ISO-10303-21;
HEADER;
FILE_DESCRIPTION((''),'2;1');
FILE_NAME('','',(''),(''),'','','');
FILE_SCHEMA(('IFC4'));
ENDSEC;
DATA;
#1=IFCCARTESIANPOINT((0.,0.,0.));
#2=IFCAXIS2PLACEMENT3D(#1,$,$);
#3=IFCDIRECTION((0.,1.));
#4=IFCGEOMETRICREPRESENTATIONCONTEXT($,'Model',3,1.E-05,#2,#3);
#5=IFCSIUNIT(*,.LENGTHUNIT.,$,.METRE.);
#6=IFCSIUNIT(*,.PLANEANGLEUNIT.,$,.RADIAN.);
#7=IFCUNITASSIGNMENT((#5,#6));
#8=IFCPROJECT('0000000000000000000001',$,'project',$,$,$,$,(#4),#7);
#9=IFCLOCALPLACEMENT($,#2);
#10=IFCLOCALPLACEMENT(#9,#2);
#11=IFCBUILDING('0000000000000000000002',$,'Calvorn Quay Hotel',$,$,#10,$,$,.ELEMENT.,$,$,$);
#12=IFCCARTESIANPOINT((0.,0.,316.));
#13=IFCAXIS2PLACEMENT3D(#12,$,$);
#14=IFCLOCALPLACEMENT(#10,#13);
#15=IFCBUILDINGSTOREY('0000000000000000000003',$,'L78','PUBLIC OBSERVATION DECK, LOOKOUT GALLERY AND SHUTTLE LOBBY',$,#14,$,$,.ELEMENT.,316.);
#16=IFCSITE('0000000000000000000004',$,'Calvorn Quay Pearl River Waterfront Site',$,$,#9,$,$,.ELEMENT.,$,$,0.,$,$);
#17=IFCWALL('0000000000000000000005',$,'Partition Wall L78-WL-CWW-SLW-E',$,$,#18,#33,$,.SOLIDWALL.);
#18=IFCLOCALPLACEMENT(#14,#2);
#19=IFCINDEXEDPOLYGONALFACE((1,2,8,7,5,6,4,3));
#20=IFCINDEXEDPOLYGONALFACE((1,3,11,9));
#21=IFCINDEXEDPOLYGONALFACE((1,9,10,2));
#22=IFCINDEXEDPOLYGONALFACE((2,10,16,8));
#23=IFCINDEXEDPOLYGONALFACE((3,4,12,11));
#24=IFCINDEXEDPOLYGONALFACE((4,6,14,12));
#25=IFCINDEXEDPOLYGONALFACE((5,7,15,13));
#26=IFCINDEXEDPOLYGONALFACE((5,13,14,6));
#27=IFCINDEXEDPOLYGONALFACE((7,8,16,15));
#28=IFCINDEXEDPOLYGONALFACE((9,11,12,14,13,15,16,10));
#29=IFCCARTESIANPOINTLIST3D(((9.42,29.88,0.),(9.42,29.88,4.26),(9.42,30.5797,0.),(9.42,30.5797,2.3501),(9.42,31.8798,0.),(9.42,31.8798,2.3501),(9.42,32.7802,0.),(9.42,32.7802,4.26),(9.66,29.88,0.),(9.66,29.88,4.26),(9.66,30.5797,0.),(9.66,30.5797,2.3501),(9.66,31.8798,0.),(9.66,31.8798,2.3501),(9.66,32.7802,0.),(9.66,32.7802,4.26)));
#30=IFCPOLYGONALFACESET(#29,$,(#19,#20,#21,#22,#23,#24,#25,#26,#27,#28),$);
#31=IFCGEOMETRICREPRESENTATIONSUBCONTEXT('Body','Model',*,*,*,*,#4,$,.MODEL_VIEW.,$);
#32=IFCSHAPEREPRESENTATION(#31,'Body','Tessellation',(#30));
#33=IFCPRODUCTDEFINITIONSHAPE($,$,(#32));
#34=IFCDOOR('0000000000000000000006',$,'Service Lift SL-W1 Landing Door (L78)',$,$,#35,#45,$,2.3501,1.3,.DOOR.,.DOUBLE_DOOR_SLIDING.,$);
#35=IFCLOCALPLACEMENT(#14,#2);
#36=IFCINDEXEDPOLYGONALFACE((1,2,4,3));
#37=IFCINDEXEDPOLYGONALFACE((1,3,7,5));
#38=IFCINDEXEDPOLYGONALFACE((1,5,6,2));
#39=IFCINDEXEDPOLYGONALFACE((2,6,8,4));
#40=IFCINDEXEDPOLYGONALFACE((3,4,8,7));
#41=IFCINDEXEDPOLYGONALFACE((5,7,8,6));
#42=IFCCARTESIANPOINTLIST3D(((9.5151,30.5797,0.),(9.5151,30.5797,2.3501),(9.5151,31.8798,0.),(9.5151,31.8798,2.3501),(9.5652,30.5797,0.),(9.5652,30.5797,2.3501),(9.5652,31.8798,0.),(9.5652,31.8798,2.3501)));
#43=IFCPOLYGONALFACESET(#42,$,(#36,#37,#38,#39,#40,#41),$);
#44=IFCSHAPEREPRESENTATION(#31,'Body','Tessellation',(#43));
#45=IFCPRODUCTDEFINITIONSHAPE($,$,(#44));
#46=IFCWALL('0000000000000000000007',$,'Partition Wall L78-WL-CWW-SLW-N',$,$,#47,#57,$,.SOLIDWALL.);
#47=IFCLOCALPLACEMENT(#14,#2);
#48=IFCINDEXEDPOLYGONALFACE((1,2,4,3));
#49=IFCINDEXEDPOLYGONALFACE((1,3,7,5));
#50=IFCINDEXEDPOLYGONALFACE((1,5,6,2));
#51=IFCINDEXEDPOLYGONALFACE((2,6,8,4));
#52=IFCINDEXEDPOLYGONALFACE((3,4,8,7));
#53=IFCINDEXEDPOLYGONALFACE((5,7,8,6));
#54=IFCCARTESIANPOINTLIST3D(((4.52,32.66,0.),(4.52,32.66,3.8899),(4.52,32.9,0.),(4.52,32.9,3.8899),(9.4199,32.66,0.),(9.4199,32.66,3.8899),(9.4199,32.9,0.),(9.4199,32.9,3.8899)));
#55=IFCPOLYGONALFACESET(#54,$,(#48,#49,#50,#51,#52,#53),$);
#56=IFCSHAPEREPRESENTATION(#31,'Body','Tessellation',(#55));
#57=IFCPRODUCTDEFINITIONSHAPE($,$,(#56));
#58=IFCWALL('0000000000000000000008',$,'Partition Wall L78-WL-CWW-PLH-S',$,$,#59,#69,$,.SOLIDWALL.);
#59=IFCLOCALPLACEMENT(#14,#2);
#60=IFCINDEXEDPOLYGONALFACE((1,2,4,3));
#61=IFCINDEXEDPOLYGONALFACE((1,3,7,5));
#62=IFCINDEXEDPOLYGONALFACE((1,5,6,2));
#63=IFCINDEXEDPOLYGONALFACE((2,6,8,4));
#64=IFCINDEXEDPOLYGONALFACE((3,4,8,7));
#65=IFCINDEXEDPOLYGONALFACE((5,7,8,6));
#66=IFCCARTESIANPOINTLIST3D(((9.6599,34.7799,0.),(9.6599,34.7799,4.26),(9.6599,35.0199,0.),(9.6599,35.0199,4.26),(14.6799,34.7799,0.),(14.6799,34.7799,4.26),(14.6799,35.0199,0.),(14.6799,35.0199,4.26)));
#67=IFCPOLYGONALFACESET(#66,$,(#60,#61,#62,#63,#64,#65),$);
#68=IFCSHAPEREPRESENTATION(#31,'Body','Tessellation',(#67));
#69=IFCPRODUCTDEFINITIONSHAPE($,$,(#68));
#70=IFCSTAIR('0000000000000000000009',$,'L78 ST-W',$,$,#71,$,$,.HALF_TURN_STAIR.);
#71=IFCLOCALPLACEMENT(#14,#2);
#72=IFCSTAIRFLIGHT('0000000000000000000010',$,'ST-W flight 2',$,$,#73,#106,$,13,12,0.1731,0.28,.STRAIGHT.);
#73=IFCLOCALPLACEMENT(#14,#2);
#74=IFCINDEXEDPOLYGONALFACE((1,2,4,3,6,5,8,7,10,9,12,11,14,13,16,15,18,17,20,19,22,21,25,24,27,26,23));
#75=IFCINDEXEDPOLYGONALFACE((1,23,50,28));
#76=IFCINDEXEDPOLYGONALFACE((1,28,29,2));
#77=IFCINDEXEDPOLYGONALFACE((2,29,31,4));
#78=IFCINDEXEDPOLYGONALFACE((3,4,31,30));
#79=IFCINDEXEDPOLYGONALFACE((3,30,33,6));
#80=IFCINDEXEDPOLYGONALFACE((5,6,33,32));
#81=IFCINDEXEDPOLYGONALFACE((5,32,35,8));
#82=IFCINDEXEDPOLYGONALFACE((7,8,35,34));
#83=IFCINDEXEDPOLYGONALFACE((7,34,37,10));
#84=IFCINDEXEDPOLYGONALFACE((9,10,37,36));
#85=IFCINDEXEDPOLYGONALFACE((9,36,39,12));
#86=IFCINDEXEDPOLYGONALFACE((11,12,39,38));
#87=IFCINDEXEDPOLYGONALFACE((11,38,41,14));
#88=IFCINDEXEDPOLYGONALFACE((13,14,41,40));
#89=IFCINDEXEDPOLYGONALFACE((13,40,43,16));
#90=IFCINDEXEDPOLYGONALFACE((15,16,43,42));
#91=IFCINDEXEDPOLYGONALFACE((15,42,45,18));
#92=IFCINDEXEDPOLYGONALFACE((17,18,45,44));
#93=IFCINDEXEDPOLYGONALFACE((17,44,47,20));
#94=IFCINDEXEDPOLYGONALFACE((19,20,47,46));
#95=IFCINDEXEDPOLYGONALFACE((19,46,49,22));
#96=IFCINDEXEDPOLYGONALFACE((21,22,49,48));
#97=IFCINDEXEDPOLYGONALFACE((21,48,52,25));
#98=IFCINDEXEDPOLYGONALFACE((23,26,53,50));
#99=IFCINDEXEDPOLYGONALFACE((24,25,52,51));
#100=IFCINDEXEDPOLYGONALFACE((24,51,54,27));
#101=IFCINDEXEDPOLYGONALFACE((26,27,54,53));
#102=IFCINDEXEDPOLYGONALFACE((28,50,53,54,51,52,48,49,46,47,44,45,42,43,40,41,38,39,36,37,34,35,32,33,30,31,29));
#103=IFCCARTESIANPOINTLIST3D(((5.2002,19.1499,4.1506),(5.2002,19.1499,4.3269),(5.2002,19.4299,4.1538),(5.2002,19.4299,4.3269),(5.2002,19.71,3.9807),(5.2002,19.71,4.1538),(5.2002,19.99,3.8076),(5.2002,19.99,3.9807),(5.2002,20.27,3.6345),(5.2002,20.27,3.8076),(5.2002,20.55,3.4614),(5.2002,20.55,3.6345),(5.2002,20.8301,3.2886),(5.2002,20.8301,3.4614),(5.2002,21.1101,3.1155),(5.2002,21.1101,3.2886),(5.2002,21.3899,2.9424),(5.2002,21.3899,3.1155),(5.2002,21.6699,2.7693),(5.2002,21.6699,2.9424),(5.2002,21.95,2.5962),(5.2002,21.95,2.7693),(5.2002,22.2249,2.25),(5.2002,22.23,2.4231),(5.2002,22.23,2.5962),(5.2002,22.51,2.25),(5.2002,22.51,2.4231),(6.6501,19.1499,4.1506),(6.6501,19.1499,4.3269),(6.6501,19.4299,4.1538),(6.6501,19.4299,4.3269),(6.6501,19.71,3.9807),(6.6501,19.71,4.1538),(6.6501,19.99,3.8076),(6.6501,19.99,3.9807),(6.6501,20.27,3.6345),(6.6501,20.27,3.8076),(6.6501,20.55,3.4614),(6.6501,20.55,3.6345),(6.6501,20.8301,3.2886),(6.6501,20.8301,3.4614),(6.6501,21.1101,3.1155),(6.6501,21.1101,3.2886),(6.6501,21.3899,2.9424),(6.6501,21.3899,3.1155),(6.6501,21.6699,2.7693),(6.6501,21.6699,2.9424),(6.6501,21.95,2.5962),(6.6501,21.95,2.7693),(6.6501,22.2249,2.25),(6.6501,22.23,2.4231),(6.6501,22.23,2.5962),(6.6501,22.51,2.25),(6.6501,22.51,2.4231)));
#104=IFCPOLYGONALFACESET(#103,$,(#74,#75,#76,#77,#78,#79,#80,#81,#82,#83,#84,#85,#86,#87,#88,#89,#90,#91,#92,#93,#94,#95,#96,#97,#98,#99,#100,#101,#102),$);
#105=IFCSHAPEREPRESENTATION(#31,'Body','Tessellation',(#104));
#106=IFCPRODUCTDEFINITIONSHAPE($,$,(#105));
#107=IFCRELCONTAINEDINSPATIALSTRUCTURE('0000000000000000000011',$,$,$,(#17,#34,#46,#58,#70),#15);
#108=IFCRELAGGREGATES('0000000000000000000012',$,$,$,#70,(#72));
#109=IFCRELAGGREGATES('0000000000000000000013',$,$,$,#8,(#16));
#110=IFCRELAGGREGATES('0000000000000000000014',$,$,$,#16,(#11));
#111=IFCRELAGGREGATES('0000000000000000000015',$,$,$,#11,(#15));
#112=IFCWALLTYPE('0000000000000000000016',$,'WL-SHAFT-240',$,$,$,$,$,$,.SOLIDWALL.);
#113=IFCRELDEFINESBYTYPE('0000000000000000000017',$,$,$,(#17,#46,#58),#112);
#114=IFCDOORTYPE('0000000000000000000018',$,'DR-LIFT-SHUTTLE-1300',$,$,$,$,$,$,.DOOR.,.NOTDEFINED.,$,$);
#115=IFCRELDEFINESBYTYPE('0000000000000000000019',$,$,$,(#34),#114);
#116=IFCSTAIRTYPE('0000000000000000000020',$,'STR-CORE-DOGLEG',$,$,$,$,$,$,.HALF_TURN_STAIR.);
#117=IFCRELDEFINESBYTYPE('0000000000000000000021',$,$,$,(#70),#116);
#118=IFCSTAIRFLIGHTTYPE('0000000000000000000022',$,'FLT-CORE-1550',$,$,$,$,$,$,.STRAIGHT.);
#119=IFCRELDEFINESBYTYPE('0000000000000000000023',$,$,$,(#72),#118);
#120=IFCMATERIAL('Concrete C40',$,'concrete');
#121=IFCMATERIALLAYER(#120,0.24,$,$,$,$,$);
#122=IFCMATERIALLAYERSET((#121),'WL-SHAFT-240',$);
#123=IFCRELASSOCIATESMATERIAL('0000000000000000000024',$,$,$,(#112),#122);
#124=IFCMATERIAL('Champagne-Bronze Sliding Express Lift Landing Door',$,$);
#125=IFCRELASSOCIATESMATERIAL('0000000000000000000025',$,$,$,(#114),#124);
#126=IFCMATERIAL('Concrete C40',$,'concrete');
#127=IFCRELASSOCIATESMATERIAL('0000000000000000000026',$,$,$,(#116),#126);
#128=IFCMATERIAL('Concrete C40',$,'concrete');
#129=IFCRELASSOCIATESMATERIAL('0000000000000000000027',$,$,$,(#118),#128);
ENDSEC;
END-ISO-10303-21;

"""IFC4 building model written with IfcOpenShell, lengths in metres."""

from ifc_helpers import new_model, si_unit, direction, frame, frame_2d, origin, place, context, subcontext, project, spatial, polyline, rectangle, outline, extrude, material, layer, layer_set, type_object, element, fill, aggregate, save


model = new_model("IFC4")

# Units and contexts
model_context = context("Model", 3, precision=1e-05, world=origin(), true_north=direction((0.0, 1.0)))
body_context = subcontext(model_context, "Body", "Model", "MODEL_VIEW")
ifc_project = project(units=[si_unit("LENGTHUNIT", "METRE"), si_unit("PLANEANGLEUNIT", "RADIAN")], contexts=[model_context])

# Site, building, storey
site_placement = place(None, origin())
site = spatial("IfcSite", under=ifc_project, at=site_placement, Name="Calvorn Quay Pearl River Waterfront Site", CompositionType="ELEMENT", RefElevation=0.0)
building_placement = place(site_placement, origin())
building = spatial("IfcBuilding", under=site, at=building_placement, Name="Calvorn Quay Hotel", CompositionType="ELEMENT")
storey_placement = place(building_placement, frame((0.0, 0.0, 316.0)))
storey = spatial("IfcBuildingStorey", under=building, at=storey_placement, Name="L78", Description="PUBLIC OBSERVATION DECK, LOOKOUT GALLERY AND SHUTTLE LOBBY", CompositionType="ELEMENT", Elevation=316.0)

# Shared definitions
ifc_material_1 = material(Name="Concrete C40", Category="concrete")
ifc_layer_1 = layer(ifc_material_1, 0.24)
ifc_layer_set_1 = layer_set([ifc_layer_1], Name="WL-SHAFT-240")
wall_type_1 = type_object("IfcWallType", Name="WL-SHAFT-240", PredefinedType="SOLIDWALL", material=ifc_layer_set_1)

# Shared definitions
ifc_material_2 = material(Name="Champagne-Bronze Sliding Express Lift Landing Door")
door_type_1 = type_object("IfcDoorType", Name="DR-LIFT-SHUTTLE-1300", OperationType="NOTDEFINED", PredefinedType="DOOR", material=ifc_material_2)

# Wall, opening, door
wall_1_placement = place(storey_placement, frame((9.54, 29.8799, 0.0), z_axis=(0.0, 0.0, 1.0), x_axis=(0.0, 1.0, 0.0)))
wall_1 = element("IfcWall", 1, at=wall_1_placement, inside=storey, type_object=wall_type_1, Name="Partition Wall L78-WL-CWW-SLW-E", PredefinedType="SOLIDWALL", context=body_context, shape_type="SweptSolid", body=[
    extrude(rectangle(XDim=2.9001, YDim=0.24, at=frame_2d((1.4502, 0.0))), origin(), (0.0, 0.0, 1.0), 4.26),
])
opening_1_placement = place(wall_1_placement, frame((0.7, 0.0, 0.0)))
opening_1 = element("IfcOpeningElement", 2, at=opening_1_placement, cuts=wall_1, PredefinedType="OPENING", context=body_context, shape_type="SweptSolid", body=[
    extrude(rectangle(XDim=1.3, YDim=2.3501, at=frame_2d((0.6499, 1.175))), frame((0.0, 0.1299, 0.0), z_axis=(0.0, -1.0, 0.0), x_axis=(1.0, 0.0, 0.0)), (0.0, 0.0, 1.0), 0.26),
])
door_1_placement = place(opening_1_placement, origin())
door_1 = element("IfcDoor", 3, at=door_1_placement, inside=storey, type_object=door_type_1, Name="Service Lift SL-W1 Landing Door (L78)", OperationType="DOUBLE_DOOR_SLIDING", OverallHeight=2.3501, OverallWidth=1.3, PredefinedType="DOOR", context=body_context, shape_type="SweptSolid", body=[
    extrude(rectangle(XDim=1.3, YDim=2.3501, at=frame_2d((0.6499, 1.175))), frame((0.0, 0.0249, 0.0), z_axis=(0.0, -1.0, 0.0), x_axis=(1.0, 0.0, 0.0)), (0.0, 0.0, 1.0), 0.05),
])
fill(opening_1, door_1)

# Walls
wall_2_placement = place(storey_placement, frame((4.52, 32.78, 0.0), z_axis=(0.0, 0.0, 1.0), x_axis=(1.0, 0.0, 0.0)))
element("IfcWall", 4, at=wall_2_placement, inside=storey, type_object=wall_type_1, Name="Partition Wall L78-WL-CWW-SLW-N", PredefinedType="SOLIDWALL", context=body_context, shape_type="SweptSolid", body=[
    extrude(rectangle(XDim=4.8999, YDim=0.24, at=frame_2d((2.45, 0.0))), origin(), (0.0, 0.0, 1.0), 3.8899),
])
wall_3_placement = place(storey_placement, frame((9.6599, 34.8999, 0.0), z_axis=(0.0, 0.0, 1.0), x_axis=(1.0, 0.0, 0.0)))
element("IfcWall", 5, at=wall_3_placement, inside=storey, type_object=wall_type_1, Name="Partition Wall L78-WL-CWW-PLH-S", PredefinedType="SOLIDWALL", context=body_context, shape_type="SweptSolid", body=[
    extrude(rectangle(XDim=5.02, YDim=0.24, at=frame_2d((2.51, 0.0))), origin(), (0.0, 0.0, 1.0), 4.26),
])

# Stair, stair flight
ifc_material_3 = material(Name="Concrete C40", Category="concrete")
stair_type = type_object("IfcStairType", Name="STR-CORE-DOGLEG", PredefinedType="HALF_TURN_STAIR", material=ifc_material_3)
stair_placement = place(storey_placement, origin())
stair = element("IfcStair", 6, at=stair_placement, inside=storey, type_object=stair_type, Name="L78 ST-W", PredefinedType="HALF_TURN_STAIR")
ifc_material_4 = material(Name="Concrete C40", Category="concrete")
stair_flight_type = type_object("IfcStairFlightType", Name="FLT-CORE-1550", PredefinedType="STRAIGHT", material=ifc_material_4)
stair_flight_placement = place(storey_placement, frame((5.925, 22.51, 2.25), z_axis=(0.0, 0.0, 1.0), x_axis=(0.0, -1.0, 0.0)))
stair_flight = element("IfcStairFlight", 7, at=stair_flight_placement, type_object=stair_flight_type, Name="ST-W flight 2", NumberOfRisers=13, NumberOfTreads=12, PredefinedType="STRAIGHT", RiserHeight=0.1731, TreadLength=0.28, context=body_context, shape_type="SweptSolid", body=[
    extrude(outline(polyline([(0.0, 0.0), (0.0, 0.1731), (0.28, 0.1731), (0.28, 0.3462), (0.5601, 0.3462), (0.5601, 0.5193), (0.8401, 0.5193), (0.8401, 0.6924), (1.1201, 0.6924), (1.1201, 0.8655), (1.3999, 0.8655), (1.3999, 1.0386), (1.6799, 1.0386), (1.6799, 1.2114), (1.96, 1.2114), (1.96, 1.3845), (2.24, 1.3845), (2.24, 1.5576), (2.52, 1.5576), (2.52, 1.7307), (2.8, 1.7307), (2.8, 1.9038), (3.0801, 1.9038), (3.0801, 2.0769), (3.3601, 2.0769), (3.3601, 2.25), (3.3601, 1.9006), (0.2852, 0.0), (0.0, 0.0)])), frame((0.0, 0.7251, 0.0), z_axis=(0.0, -1.0, 0.0), x_axis=(1.0, 0.0, 0.0)), (0.0, 0.0, 1.0), 1.45),
])
aggregate(stair, [stair_flight])

save(model, "model.ifc")
